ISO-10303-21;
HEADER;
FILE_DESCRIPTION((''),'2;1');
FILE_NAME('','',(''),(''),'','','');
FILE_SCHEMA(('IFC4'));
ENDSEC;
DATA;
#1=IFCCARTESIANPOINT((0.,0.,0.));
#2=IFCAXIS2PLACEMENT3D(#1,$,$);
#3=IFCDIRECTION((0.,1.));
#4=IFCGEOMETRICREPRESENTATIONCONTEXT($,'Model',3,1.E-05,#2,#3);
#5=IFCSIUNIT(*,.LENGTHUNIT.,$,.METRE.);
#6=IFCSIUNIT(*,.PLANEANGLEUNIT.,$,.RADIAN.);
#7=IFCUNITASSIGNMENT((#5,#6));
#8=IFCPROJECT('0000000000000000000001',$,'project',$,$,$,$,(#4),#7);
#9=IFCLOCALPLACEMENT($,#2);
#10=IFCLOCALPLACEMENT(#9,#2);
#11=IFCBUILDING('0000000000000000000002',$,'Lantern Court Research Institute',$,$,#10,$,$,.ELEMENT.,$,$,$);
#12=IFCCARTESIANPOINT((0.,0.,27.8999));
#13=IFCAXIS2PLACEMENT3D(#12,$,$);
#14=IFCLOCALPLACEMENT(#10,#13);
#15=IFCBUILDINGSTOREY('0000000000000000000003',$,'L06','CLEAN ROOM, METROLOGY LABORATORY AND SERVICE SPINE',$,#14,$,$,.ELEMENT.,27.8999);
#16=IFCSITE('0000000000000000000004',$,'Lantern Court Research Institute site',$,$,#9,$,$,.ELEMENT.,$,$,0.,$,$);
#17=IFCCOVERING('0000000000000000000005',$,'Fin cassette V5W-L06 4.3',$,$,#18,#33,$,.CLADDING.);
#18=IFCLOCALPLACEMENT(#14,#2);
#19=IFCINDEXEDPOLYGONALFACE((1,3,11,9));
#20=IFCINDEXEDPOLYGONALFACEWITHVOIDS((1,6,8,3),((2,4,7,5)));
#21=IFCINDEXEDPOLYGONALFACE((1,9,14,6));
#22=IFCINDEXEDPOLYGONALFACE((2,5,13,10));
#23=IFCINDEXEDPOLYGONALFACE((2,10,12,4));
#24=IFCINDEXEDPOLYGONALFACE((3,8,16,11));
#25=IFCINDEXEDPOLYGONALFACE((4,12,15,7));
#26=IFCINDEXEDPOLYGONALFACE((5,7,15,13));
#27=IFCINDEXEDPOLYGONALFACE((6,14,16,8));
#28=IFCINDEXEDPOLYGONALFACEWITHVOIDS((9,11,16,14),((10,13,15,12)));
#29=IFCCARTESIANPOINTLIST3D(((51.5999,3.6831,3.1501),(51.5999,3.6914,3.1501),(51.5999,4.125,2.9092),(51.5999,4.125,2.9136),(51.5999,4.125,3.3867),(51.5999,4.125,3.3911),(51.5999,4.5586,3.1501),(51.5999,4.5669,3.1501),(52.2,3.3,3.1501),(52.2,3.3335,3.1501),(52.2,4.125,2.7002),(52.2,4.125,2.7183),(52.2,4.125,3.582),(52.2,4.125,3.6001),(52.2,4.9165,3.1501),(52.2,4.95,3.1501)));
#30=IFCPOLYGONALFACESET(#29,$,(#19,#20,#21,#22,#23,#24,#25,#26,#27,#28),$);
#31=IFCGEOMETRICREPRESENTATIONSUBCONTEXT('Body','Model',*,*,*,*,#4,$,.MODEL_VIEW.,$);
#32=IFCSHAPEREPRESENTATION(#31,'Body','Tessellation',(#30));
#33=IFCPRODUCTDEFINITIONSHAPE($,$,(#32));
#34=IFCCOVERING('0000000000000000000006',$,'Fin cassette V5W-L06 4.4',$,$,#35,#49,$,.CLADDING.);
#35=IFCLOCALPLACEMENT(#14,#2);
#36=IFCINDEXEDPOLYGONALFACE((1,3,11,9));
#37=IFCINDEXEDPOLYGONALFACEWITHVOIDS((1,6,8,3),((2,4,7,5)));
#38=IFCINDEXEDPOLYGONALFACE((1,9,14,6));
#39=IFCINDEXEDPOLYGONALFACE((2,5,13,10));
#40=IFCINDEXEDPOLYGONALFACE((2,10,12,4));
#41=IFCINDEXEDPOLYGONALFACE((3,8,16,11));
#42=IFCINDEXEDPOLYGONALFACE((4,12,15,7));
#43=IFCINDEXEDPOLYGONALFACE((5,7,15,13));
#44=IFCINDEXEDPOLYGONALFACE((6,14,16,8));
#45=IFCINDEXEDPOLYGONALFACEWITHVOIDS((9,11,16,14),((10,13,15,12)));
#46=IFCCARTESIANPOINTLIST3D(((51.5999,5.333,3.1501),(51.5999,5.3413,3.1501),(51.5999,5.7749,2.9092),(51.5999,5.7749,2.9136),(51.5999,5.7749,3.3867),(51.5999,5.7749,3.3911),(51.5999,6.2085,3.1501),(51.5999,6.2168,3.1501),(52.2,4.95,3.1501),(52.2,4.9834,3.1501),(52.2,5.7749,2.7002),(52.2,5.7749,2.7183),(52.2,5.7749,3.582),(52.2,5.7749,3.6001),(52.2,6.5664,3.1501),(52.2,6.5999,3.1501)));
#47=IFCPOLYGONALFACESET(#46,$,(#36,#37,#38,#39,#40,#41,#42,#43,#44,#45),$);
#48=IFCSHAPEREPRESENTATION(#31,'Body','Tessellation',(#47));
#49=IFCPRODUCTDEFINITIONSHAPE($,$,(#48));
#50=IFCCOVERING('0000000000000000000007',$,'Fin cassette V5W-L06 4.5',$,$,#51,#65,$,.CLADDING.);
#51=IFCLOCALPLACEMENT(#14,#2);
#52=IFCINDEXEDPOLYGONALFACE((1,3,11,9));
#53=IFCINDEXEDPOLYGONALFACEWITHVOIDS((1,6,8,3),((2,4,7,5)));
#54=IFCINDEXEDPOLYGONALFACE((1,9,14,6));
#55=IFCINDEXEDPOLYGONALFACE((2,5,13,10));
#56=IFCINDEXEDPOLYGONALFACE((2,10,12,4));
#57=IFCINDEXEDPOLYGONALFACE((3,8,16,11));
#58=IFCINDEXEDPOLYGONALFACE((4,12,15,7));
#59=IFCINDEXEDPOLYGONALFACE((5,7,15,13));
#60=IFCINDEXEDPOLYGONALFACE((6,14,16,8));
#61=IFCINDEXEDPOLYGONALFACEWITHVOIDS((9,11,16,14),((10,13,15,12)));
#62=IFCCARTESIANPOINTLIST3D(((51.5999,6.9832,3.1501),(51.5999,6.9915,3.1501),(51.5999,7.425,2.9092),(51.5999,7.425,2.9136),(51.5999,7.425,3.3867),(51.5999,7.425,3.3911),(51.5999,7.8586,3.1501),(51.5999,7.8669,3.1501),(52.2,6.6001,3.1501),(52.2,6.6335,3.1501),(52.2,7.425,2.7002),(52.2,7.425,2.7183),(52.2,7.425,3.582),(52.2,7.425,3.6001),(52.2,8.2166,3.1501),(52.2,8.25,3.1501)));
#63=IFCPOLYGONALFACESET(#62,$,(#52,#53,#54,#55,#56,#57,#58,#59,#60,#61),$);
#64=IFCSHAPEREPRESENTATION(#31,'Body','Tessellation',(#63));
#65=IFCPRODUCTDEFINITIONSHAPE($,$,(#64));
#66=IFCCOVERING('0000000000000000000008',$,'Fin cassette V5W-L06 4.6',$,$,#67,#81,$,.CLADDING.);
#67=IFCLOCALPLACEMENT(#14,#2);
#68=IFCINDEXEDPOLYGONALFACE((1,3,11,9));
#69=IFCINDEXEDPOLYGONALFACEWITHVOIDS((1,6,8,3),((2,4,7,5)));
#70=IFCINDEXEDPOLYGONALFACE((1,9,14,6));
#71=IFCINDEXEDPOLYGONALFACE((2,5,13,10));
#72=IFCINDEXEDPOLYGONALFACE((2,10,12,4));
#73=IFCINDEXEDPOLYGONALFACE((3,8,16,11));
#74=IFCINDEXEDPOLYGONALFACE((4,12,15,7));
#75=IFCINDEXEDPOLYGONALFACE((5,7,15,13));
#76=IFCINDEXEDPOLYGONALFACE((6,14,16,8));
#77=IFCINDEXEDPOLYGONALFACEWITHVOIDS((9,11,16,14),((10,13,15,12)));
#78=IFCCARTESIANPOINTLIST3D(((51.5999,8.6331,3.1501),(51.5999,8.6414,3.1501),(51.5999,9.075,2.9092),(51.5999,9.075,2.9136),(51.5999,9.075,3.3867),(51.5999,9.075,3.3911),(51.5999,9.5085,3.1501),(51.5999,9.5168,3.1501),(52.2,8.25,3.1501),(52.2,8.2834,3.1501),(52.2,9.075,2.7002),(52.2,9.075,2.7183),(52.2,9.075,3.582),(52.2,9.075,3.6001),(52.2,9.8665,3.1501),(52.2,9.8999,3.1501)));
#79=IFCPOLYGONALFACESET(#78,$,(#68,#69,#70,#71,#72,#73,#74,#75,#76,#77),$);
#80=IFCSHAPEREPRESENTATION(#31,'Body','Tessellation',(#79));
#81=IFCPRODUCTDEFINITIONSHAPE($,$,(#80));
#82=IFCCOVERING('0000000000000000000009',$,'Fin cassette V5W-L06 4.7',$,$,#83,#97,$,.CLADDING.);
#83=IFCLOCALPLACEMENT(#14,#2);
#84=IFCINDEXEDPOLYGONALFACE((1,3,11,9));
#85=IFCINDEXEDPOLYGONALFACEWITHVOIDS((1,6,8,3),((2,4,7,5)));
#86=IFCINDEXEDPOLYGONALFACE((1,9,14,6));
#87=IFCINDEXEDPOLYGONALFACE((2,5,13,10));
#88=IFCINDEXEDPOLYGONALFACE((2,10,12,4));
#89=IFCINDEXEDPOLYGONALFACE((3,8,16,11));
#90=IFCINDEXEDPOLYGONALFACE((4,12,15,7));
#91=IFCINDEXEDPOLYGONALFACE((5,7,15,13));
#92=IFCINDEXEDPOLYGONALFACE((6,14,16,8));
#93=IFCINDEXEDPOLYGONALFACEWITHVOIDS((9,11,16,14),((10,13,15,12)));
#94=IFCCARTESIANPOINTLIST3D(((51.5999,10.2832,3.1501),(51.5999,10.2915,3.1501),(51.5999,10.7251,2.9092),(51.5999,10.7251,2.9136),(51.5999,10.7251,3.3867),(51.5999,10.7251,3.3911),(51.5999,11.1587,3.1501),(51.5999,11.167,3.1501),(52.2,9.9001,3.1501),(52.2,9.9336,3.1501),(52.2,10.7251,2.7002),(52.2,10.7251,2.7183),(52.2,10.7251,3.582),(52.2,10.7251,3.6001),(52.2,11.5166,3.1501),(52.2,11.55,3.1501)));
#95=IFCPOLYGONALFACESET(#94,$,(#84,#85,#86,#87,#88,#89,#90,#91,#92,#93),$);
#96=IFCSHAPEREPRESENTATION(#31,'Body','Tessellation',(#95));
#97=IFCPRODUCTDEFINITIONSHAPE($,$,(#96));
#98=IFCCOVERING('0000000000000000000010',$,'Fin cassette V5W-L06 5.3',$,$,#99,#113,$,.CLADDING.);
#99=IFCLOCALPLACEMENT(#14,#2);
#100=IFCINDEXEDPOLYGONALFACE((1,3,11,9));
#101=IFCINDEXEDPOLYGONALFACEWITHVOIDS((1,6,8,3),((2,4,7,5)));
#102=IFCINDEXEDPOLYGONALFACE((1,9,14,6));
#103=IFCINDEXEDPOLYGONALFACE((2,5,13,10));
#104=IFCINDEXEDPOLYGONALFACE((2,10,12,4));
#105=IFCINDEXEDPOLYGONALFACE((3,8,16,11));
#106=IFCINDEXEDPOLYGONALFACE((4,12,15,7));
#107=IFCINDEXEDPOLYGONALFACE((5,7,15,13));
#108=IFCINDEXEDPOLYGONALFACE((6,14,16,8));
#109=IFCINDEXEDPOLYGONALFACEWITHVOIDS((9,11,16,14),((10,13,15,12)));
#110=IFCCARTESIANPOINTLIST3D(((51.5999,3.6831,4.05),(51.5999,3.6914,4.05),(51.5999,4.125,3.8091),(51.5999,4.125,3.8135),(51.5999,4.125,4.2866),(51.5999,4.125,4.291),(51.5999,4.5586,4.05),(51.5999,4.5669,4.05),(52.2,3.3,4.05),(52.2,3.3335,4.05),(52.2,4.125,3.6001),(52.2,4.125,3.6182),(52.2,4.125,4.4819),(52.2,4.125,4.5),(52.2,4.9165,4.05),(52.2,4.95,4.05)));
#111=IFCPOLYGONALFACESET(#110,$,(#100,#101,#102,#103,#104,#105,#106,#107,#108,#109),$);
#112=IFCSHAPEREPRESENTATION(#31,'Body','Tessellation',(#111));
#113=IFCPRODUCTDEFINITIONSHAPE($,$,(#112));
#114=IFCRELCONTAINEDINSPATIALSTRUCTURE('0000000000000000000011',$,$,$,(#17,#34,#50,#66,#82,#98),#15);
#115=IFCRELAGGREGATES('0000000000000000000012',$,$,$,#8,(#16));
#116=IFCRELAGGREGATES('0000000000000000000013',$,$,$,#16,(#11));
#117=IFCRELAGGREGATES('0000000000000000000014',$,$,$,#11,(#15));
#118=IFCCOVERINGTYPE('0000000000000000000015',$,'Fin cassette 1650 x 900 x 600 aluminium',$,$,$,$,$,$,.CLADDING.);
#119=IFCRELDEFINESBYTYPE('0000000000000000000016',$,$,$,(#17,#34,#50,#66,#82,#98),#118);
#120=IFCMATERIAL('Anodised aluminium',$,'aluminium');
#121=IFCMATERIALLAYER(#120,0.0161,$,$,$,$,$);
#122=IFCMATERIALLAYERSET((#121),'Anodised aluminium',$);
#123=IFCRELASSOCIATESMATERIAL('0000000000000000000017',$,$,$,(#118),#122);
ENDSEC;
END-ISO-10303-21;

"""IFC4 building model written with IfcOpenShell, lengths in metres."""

from ifc_helpers import new_model, entity, si_unit, direction, frame, origin, place, context, subcontext, project, spatial, material, layer, layer_set, type_object, element, save


model = new_model("IFC4")

# Units and contexts
model_context = context("Model", 3, precision=1e-05, world=origin(), true_north=direction((0.0, 1.0)))
body_context = subcontext(model_context, "Body", "Model", "MODEL_VIEW")
ifc_project = project(units=[si_unit("LENGTHUNIT", "METRE"), si_unit("PLANEANGLEUNIT", "RADIAN")], contexts=[model_context])

# Site, building, storey
site_placement = place(None, origin())
site = spatial("IfcSite", under=ifc_project, at=site_placement, Name="Lantern Court Research Institute site", CompositionType="ELEMENT", RefElevation=0.0)
building_placement = place(site_placement, origin())
building = spatial("IfcBuilding", under=site, at=building_placement, Name="Lantern Court Research Institute", CompositionType="ELEMENT")
storey_placement = place(building_placement, frame((0.0, 0.0, 27.8999)))
storey = spatial("IfcBuildingStorey", under=building, at=storey_placement, Name="L06", Description="CLEAN ROOM, METROLOGY LABORATORY AND SERVICE SPINE", CompositionType="ELEMENT", Elevation=27.8999)

# Coverings
ifc_material_1 = material(Name="Anodised aluminium", Category="aluminium")
ifc_layer_1 = layer(ifc_material_1, 0.0161)
ifc_layer_set_1 = layer_set([ifc_layer_1], Name="Anodised aluminium")
covering_type = type_object("IfcCoveringType", Name="Fin cassette 1650 x 900 x 600 aluminium", PredefinedType="CLADDING", material=ifc_layer_set_1)
covering_1_placement = place(storey_placement, frame((52.2, 4.125, 3.1501), z_axis=(-1.0, 0.0, 0.0), x_axis=(0.0, -1.0, 0.0)))
cartesian_point_1 = entity("IfcCartesianPoint", [0.825, 0.0])
cartesian_point_2 = entity("IfcCartesianPoint", [0.7915, 0.0])
cartesian_point_3 = entity("IfcCartesianPoint", [0.4419, 0.0])
cartesian_point_4 = entity("IfcCartesianPoint", [0.4336, 0.0])
element("IfcCovering", 1, at=covering_1_placement, inside=storey, type_object=covering_type, Name="Fin cassette V5W-L06 4.3", PredefinedType="CLADDING", context=body_context, shape_type="SweptSolid", body=[
    entity("IfcExtrudedAreaSolidTapered", entity("IfcArbitraryProfileDefWithVoids", "AREA", None, entity("IfcPolyline", [cartesian_point_1, entity("IfcCartesianPoint", [0.0, 0.45]), entity("IfcCartesianPoint", [-0.825, 0.0]), entity("IfcCartesianPoint", [0.0, -0.45]), cartesian_point_1]), [entity("IfcPolyline", [cartesian_point_2, entity("IfcCartesianPoint", [0.0, 0.4319]), entity("IfcCartesianPoint", [-0.7915, 0.0]), entity("IfcCartesianPoint", [0.0, -0.4319]), cartesian_point_2])]), entity("IfcAxis2Placement3D", entity("IfcCartesianPoint", [0.0, 0.0, 0.0])), entity("IfcDirection", [0.0, 0.0, 1.0]), 0.6001, entity("IfcArbitraryProfileDefWithVoids", "AREA", None, entity("IfcPolyline", [cartesian_point_3, entity("IfcCartesianPoint", [0.0, 0.241]), entity("IfcCartesianPoint", [-0.4419, 0.0]), entity("IfcCartesianPoint", [0.0, -0.241]), cartesian_point_3]), [entity("IfcPolyline", [cartesian_point_4, entity("IfcCartesianPoint", [0.0, 0.2366]), entity("IfcCartesianPoint", [-0.4336, 0.0]), entity("IfcCartesianPoint", [0.0, -0.2366]), cartesian_point_4])])),
])
covering_2_placement = place(storey_placement, frame((52.2, 5.7749, 3.1501), z_axis=(-1.0, 0.0, 0.0), x_axis=(0.0, -1.0, 0.0)))
cartesian_point_5 = entity("IfcCartesianPoint", [0.825, 0.0])
cartesian_point_6 = entity("IfcCartesianPoint", [0.7915, 0.0])
cartesian_point_7 = entity("IfcCartesianPoint", [0.4419, 0.0])
cartesian_point_8 = entity("IfcCartesianPoint", [0.4336, 0.0])
element("IfcCovering", 2, at=covering_2_placement, inside=storey, type_object=covering_type, Name="Fin cassette V5W-L06 4.4", PredefinedType="CLADDING", context=body_context, shape_type="SweptSolid", body=[
    entity("IfcExtrudedAreaSolidTapered", entity("IfcArbitraryProfileDefWithVoids", "AREA", None, entity("IfcPolyline", [cartesian_point_5, entity("IfcCartesianPoint", [0.0, 0.45]), entity("IfcCartesianPoint", [-0.825, 0.0]), entity("IfcCartesianPoint", [0.0, -0.45]), cartesian_point_5]), [entity("IfcPolyline", [cartesian_point_6, entity("IfcCartesianPoint", [0.0, 0.4319]), entity("IfcCartesianPoint", [-0.7915, 0.0]), entity("IfcCartesianPoint", [0.0, -0.4319]), cartesian_point_6])]), entity("IfcAxis2Placement3D", entity("IfcCartesianPoint", [0.0, 0.0, 0.0])), entity("IfcDirection", [0.0, 0.0, 1.0]), 0.6001, entity("IfcArbitraryProfileDefWithVoids", "AREA", None, entity("IfcPolyline", [cartesian_point_7, entity("IfcCartesianPoint", [0.0, 0.241]), entity("IfcCartesianPoint", [-0.4419, 0.0]), entity("IfcCartesianPoint", [0.0, -0.241]), cartesian_point_7]), [entity("IfcPolyline", [cartesian_point_8, entity("IfcCartesianPoint", [0.0, 0.2366]), entity("IfcCartesianPoint", [-0.4336, 0.0]), entity("IfcCartesianPoint", [0.0, -0.2366]), cartesian_point_8])])),
])
covering_3_placement = place(storey_placement, frame((52.2, 7.425, 3.1501), z_axis=(-1.0, 0.0, 0.0), x_axis=(0.0, -1.0, 0.0)))
cartesian_point_9 = entity("IfcCartesianPoint", [0.825, 0.0])
cartesian_point_10 = entity("IfcCartesianPoint", [0.7915, 0.0])
cartesian_point_11 = entity("IfcCartesianPoint", [0.4419, 0.0])
cartesian_point_12 = entity("IfcCartesianPoint", [0.4336, 0.0])
element("IfcCovering", 3, at=covering_3_placement, inside=storey, type_object=covering_type, Name="Fin cassette V5W-L06 4.5", PredefinedType="CLADDING", context=body_context, shape_type="SweptSolid", body=[
    entity("IfcExtrudedAreaSolidTapered", entity("IfcArbitraryProfileDefWithVoids", "AREA", None, entity("IfcPolyline", [cartesian_point_9, entity("IfcCartesianPoint", [0.0, 0.45]), entity("IfcCartesianPoint", [-0.825, 0.0]), entity("IfcCartesianPoint", [0.0, -0.45]), cartesian_point_9]), [entity("IfcPolyline", [cartesian_point_10, entity("IfcCartesianPoint", [0.0, 0.4319]), entity("IfcCartesianPoint", [-0.7915, 0.0]), entity("IfcCartesianPoint", [0.0, -0.4319]), cartesian_point_10])]), entity("IfcAxis2Placement3D", entity("IfcCartesianPoint", [0.0, 0.0, 0.0])), entity("IfcDirection", [0.0, 0.0, 1.0]), 0.6001, entity("IfcArbitraryProfileDefWithVoids", "AREA", None, entity("IfcPolyline", [cartesian_point_11, entity("IfcCartesianPoint", [0.0, 0.241]), entity("IfcCartesianPoint", [-0.4419, 0.0]), entity("IfcCartesianPoint", [0.0, -0.241]), cartesian_point_11]), [entity("IfcPolyline", [cartesian_point_12, entity("IfcCartesianPoint", [0.0, 0.2366]), entity("IfcCartesianPoint", [-0.4336, 0.0]), entity("IfcCartesianPoint", [0.0, -0.2366]), cartesian_point_12])])),
])
covering_4_placement = place(storey_placement, frame((52.2, 9.075, 3.1501), z_axis=(-1.0, 0.0, 0.0), x_axis=(0.0, -1.0, 0.0)))
cartesian_point_13 = entity("IfcCartesianPoint", [0.825, 0.0])
cartesian_point_14 = entity("IfcCartesianPoint", [0.7915, 0.0])
cartesian_point_15 = entity("IfcCartesianPoint", [0.4419, 0.0])
cartesian_point_16 = entity("IfcCartesianPoint", [0.4336, 0.0])
element("IfcCovering", 4, at=covering_4_placement, inside=storey, type_object=covering_type, Name="Fin cassette V5W-L06 4.6", PredefinedType="CLADDING", context=body_context, shape_type="SweptSolid", body=[
    entity("IfcExtrudedAreaSolidTapered", entity("IfcArbitraryProfileDefWithVoids", "AREA", None, entity("IfcPolyline", [cartesian_point_13, entity("IfcCartesianPoint", [0.0, 0.45]), entity("IfcCartesianPoint", [-0.825, 0.0]), entity("IfcCartesianPoint", [0.0, -0.45]), cartesian_point_13]), [entity("IfcPolyline", [cartesian_point_14, entity("IfcCartesianPoint", [0.0, 0.4319]), entity("IfcCartesianPoint", [-0.7915, 0.0]), entity("IfcCartesianPoint", [0.0, -0.4319]), cartesian_point_14])]), entity("IfcAxis2Placement3D", entity("IfcCartesianPoint", [0.0, 0.0, 0.0])), entity("IfcDirection", [0.0, 0.0, 1.0]), 0.6001, entity("IfcArbitraryProfileDefWithVoids", "AREA", None, entity("IfcPolyline", [cartesian_point_15, entity("IfcCartesianPoint", [0.0, 0.241]), entity("IfcCartesianPoint", [-0.4419, 0.0]), entity("IfcCartesianPoint", [0.0, -0.241]), cartesian_point_15]), [entity("IfcPolyline", [cartesian_point_16, entity("IfcCartesianPoint", [0.0, 0.2366]), entity("IfcCartesianPoint", [-0.4336, 0.0]), entity("IfcCartesianPoint", [0.0, -0.2366]), cartesian_point_16])])),
])
covering_5_placement = place(storey_placement, frame((52.2, 10.7251, 3.1501), z_axis=(-1.0, 0.0, 0.0), x_axis=(0.0, -1.0, 0.0)))
cartesian_point_17 = entity("IfcCartesianPoint", [0.825, 0.0])
cartesian_point_18 = entity("IfcCartesianPoint", [0.7915, 0.0])
cartesian_point_19 = entity("IfcCartesianPoint", [0.4419, 0.0])
cartesian_point_20 = entity("IfcCartesianPoint", [0.4336, 0.0])
element("IfcCovering", 5, at=covering_5_placement, inside=storey, type_object=covering_type, Name="Fin cassette V5W-L06 4.7", PredefinedType="CLADDING", context=body_context, shape_type="SweptSolid", body=[
    entity("IfcExtrudedAreaSolidTapered", entity("IfcArbitraryProfileDefWithVoids", "AREA", None, entity("IfcPolyline", [cartesian_point_17, entity("IfcCartesianPoint", [0.0, 0.45]), entity("IfcCartesianPoint", [-0.825, 0.0]), entity("IfcCartesianPoint", [0.0, -0.45]), cartesian_point_17]), [entity("IfcPolyline", [cartesian_point_18, entity("IfcCartesianPoint", [0.0, 0.4319]), entity("IfcCartesianPoint", [-0.7915, 0.0]), entity("IfcCartesianPoint", [0.0, -0.4319]), cartesian_point_18])]), entity("IfcAxis2Placement3D", entity("IfcCartesianPoint", [0.0, 0.0, 0.0])), entity("IfcDirection", [0.0, 0.0, 1.0]), 0.6001, entity("IfcArbitraryProfileDefWithVoids", "AREA", None, entity("IfcPolyline", [cartesian_point_19, entity("IfcCartesianPoint", [0.0, 0.241]), entity("IfcCartesianPoint", [-0.4419, 0.0]), entity("IfcCartesianPoint", [0.0, -0.241]), cartesian_point_19]), [entity("IfcPolyline", [cartesian_point_20, entity("IfcCartesianPoint", [0.0, 0.2366]), entity("IfcCartesianPoint", [-0.4336, 0.0]), entity("IfcCartesianPoint", [0.0, -0.2366]), cartesian_point_20])])),
])
covering_6_placement = place(storey_placement, frame((52.2, 4.125, 4.05), z_axis=(-1.0, 0.0, 0.0), x_axis=(0.0, -1.0, 0.0)))
cartesian_point_21 = entity("IfcCartesianPoint", [0.825, 0.0])
cartesian_point_22 = entity("IfcCartesianPoint", [0.7915, 0.0])
cartesian_point_23 = entity("IfcCartesianPoint", [0.4419, 0.0])
cartesian_point_24 = entity("IfcCartesianPoint", [0.4336, 0.0])
element("IfcCovering", 6, at=covering_6_placement, inside=storey, type_object=covering_type, Name="Fin cassette V5W-L06 5.3", PredefinedType="CLADDING", context=body_context, shape_type="SweptSolid", body=[
    entity("IfcExtrudedAreaSolidTapered", entity("IfcArbitraryProfileDefWithVoids", "AREA", None, entity("IfcPolyline", [cartesian_point_21, entity("IfcCartesianPoint", [0.0, 0.45]), entity("IfcCartesianPoint", [-0.825, 0.0]), entity("IfcCartesianPoint", [0.0, -0.45]), cartesian_point_21]), [entity("IfcPolyline", [cartesian_point_22, entity("IfcCartesianPoint", [0.0, 0.4319]), entity("IfcCartesianPoint", [-0.7915, 0.0]), entity("IfcCartesianPoint", [0.0, -0.4319]), cartesian_point_22])]), entity("IfcAxis2Placement3D", entity("IfcCartesianPoint", [0.0, 0.0, 0.0])), entity("IfcDirection", [0.0, 0.0, 1.0]), 0.6001, entity("IfcArbitraryProfileDefWithVoids", "AREA", None, entity("IfcPolyline", [cartesian_point_23, entity("IfcCartesianPoint", [0.0, 0.241]), entity("IfcCartesianPoint", [-0.4419, 0.0]), entity("IfcCartesianPoint", [0.0, -0.241]), cartesian_point_23]), [entity("IfcPolyline", [cartesian_point_24, entity("IfcCartesianPoint", [0.0, 0.2366]), entity("IfcCartesianPoint", [-0.4336, 0.0]), entity("IfcCartesianPoint", [0.0, -0.2366]), cartesian_point_24])])),
])

save(model, "model.ifc")
